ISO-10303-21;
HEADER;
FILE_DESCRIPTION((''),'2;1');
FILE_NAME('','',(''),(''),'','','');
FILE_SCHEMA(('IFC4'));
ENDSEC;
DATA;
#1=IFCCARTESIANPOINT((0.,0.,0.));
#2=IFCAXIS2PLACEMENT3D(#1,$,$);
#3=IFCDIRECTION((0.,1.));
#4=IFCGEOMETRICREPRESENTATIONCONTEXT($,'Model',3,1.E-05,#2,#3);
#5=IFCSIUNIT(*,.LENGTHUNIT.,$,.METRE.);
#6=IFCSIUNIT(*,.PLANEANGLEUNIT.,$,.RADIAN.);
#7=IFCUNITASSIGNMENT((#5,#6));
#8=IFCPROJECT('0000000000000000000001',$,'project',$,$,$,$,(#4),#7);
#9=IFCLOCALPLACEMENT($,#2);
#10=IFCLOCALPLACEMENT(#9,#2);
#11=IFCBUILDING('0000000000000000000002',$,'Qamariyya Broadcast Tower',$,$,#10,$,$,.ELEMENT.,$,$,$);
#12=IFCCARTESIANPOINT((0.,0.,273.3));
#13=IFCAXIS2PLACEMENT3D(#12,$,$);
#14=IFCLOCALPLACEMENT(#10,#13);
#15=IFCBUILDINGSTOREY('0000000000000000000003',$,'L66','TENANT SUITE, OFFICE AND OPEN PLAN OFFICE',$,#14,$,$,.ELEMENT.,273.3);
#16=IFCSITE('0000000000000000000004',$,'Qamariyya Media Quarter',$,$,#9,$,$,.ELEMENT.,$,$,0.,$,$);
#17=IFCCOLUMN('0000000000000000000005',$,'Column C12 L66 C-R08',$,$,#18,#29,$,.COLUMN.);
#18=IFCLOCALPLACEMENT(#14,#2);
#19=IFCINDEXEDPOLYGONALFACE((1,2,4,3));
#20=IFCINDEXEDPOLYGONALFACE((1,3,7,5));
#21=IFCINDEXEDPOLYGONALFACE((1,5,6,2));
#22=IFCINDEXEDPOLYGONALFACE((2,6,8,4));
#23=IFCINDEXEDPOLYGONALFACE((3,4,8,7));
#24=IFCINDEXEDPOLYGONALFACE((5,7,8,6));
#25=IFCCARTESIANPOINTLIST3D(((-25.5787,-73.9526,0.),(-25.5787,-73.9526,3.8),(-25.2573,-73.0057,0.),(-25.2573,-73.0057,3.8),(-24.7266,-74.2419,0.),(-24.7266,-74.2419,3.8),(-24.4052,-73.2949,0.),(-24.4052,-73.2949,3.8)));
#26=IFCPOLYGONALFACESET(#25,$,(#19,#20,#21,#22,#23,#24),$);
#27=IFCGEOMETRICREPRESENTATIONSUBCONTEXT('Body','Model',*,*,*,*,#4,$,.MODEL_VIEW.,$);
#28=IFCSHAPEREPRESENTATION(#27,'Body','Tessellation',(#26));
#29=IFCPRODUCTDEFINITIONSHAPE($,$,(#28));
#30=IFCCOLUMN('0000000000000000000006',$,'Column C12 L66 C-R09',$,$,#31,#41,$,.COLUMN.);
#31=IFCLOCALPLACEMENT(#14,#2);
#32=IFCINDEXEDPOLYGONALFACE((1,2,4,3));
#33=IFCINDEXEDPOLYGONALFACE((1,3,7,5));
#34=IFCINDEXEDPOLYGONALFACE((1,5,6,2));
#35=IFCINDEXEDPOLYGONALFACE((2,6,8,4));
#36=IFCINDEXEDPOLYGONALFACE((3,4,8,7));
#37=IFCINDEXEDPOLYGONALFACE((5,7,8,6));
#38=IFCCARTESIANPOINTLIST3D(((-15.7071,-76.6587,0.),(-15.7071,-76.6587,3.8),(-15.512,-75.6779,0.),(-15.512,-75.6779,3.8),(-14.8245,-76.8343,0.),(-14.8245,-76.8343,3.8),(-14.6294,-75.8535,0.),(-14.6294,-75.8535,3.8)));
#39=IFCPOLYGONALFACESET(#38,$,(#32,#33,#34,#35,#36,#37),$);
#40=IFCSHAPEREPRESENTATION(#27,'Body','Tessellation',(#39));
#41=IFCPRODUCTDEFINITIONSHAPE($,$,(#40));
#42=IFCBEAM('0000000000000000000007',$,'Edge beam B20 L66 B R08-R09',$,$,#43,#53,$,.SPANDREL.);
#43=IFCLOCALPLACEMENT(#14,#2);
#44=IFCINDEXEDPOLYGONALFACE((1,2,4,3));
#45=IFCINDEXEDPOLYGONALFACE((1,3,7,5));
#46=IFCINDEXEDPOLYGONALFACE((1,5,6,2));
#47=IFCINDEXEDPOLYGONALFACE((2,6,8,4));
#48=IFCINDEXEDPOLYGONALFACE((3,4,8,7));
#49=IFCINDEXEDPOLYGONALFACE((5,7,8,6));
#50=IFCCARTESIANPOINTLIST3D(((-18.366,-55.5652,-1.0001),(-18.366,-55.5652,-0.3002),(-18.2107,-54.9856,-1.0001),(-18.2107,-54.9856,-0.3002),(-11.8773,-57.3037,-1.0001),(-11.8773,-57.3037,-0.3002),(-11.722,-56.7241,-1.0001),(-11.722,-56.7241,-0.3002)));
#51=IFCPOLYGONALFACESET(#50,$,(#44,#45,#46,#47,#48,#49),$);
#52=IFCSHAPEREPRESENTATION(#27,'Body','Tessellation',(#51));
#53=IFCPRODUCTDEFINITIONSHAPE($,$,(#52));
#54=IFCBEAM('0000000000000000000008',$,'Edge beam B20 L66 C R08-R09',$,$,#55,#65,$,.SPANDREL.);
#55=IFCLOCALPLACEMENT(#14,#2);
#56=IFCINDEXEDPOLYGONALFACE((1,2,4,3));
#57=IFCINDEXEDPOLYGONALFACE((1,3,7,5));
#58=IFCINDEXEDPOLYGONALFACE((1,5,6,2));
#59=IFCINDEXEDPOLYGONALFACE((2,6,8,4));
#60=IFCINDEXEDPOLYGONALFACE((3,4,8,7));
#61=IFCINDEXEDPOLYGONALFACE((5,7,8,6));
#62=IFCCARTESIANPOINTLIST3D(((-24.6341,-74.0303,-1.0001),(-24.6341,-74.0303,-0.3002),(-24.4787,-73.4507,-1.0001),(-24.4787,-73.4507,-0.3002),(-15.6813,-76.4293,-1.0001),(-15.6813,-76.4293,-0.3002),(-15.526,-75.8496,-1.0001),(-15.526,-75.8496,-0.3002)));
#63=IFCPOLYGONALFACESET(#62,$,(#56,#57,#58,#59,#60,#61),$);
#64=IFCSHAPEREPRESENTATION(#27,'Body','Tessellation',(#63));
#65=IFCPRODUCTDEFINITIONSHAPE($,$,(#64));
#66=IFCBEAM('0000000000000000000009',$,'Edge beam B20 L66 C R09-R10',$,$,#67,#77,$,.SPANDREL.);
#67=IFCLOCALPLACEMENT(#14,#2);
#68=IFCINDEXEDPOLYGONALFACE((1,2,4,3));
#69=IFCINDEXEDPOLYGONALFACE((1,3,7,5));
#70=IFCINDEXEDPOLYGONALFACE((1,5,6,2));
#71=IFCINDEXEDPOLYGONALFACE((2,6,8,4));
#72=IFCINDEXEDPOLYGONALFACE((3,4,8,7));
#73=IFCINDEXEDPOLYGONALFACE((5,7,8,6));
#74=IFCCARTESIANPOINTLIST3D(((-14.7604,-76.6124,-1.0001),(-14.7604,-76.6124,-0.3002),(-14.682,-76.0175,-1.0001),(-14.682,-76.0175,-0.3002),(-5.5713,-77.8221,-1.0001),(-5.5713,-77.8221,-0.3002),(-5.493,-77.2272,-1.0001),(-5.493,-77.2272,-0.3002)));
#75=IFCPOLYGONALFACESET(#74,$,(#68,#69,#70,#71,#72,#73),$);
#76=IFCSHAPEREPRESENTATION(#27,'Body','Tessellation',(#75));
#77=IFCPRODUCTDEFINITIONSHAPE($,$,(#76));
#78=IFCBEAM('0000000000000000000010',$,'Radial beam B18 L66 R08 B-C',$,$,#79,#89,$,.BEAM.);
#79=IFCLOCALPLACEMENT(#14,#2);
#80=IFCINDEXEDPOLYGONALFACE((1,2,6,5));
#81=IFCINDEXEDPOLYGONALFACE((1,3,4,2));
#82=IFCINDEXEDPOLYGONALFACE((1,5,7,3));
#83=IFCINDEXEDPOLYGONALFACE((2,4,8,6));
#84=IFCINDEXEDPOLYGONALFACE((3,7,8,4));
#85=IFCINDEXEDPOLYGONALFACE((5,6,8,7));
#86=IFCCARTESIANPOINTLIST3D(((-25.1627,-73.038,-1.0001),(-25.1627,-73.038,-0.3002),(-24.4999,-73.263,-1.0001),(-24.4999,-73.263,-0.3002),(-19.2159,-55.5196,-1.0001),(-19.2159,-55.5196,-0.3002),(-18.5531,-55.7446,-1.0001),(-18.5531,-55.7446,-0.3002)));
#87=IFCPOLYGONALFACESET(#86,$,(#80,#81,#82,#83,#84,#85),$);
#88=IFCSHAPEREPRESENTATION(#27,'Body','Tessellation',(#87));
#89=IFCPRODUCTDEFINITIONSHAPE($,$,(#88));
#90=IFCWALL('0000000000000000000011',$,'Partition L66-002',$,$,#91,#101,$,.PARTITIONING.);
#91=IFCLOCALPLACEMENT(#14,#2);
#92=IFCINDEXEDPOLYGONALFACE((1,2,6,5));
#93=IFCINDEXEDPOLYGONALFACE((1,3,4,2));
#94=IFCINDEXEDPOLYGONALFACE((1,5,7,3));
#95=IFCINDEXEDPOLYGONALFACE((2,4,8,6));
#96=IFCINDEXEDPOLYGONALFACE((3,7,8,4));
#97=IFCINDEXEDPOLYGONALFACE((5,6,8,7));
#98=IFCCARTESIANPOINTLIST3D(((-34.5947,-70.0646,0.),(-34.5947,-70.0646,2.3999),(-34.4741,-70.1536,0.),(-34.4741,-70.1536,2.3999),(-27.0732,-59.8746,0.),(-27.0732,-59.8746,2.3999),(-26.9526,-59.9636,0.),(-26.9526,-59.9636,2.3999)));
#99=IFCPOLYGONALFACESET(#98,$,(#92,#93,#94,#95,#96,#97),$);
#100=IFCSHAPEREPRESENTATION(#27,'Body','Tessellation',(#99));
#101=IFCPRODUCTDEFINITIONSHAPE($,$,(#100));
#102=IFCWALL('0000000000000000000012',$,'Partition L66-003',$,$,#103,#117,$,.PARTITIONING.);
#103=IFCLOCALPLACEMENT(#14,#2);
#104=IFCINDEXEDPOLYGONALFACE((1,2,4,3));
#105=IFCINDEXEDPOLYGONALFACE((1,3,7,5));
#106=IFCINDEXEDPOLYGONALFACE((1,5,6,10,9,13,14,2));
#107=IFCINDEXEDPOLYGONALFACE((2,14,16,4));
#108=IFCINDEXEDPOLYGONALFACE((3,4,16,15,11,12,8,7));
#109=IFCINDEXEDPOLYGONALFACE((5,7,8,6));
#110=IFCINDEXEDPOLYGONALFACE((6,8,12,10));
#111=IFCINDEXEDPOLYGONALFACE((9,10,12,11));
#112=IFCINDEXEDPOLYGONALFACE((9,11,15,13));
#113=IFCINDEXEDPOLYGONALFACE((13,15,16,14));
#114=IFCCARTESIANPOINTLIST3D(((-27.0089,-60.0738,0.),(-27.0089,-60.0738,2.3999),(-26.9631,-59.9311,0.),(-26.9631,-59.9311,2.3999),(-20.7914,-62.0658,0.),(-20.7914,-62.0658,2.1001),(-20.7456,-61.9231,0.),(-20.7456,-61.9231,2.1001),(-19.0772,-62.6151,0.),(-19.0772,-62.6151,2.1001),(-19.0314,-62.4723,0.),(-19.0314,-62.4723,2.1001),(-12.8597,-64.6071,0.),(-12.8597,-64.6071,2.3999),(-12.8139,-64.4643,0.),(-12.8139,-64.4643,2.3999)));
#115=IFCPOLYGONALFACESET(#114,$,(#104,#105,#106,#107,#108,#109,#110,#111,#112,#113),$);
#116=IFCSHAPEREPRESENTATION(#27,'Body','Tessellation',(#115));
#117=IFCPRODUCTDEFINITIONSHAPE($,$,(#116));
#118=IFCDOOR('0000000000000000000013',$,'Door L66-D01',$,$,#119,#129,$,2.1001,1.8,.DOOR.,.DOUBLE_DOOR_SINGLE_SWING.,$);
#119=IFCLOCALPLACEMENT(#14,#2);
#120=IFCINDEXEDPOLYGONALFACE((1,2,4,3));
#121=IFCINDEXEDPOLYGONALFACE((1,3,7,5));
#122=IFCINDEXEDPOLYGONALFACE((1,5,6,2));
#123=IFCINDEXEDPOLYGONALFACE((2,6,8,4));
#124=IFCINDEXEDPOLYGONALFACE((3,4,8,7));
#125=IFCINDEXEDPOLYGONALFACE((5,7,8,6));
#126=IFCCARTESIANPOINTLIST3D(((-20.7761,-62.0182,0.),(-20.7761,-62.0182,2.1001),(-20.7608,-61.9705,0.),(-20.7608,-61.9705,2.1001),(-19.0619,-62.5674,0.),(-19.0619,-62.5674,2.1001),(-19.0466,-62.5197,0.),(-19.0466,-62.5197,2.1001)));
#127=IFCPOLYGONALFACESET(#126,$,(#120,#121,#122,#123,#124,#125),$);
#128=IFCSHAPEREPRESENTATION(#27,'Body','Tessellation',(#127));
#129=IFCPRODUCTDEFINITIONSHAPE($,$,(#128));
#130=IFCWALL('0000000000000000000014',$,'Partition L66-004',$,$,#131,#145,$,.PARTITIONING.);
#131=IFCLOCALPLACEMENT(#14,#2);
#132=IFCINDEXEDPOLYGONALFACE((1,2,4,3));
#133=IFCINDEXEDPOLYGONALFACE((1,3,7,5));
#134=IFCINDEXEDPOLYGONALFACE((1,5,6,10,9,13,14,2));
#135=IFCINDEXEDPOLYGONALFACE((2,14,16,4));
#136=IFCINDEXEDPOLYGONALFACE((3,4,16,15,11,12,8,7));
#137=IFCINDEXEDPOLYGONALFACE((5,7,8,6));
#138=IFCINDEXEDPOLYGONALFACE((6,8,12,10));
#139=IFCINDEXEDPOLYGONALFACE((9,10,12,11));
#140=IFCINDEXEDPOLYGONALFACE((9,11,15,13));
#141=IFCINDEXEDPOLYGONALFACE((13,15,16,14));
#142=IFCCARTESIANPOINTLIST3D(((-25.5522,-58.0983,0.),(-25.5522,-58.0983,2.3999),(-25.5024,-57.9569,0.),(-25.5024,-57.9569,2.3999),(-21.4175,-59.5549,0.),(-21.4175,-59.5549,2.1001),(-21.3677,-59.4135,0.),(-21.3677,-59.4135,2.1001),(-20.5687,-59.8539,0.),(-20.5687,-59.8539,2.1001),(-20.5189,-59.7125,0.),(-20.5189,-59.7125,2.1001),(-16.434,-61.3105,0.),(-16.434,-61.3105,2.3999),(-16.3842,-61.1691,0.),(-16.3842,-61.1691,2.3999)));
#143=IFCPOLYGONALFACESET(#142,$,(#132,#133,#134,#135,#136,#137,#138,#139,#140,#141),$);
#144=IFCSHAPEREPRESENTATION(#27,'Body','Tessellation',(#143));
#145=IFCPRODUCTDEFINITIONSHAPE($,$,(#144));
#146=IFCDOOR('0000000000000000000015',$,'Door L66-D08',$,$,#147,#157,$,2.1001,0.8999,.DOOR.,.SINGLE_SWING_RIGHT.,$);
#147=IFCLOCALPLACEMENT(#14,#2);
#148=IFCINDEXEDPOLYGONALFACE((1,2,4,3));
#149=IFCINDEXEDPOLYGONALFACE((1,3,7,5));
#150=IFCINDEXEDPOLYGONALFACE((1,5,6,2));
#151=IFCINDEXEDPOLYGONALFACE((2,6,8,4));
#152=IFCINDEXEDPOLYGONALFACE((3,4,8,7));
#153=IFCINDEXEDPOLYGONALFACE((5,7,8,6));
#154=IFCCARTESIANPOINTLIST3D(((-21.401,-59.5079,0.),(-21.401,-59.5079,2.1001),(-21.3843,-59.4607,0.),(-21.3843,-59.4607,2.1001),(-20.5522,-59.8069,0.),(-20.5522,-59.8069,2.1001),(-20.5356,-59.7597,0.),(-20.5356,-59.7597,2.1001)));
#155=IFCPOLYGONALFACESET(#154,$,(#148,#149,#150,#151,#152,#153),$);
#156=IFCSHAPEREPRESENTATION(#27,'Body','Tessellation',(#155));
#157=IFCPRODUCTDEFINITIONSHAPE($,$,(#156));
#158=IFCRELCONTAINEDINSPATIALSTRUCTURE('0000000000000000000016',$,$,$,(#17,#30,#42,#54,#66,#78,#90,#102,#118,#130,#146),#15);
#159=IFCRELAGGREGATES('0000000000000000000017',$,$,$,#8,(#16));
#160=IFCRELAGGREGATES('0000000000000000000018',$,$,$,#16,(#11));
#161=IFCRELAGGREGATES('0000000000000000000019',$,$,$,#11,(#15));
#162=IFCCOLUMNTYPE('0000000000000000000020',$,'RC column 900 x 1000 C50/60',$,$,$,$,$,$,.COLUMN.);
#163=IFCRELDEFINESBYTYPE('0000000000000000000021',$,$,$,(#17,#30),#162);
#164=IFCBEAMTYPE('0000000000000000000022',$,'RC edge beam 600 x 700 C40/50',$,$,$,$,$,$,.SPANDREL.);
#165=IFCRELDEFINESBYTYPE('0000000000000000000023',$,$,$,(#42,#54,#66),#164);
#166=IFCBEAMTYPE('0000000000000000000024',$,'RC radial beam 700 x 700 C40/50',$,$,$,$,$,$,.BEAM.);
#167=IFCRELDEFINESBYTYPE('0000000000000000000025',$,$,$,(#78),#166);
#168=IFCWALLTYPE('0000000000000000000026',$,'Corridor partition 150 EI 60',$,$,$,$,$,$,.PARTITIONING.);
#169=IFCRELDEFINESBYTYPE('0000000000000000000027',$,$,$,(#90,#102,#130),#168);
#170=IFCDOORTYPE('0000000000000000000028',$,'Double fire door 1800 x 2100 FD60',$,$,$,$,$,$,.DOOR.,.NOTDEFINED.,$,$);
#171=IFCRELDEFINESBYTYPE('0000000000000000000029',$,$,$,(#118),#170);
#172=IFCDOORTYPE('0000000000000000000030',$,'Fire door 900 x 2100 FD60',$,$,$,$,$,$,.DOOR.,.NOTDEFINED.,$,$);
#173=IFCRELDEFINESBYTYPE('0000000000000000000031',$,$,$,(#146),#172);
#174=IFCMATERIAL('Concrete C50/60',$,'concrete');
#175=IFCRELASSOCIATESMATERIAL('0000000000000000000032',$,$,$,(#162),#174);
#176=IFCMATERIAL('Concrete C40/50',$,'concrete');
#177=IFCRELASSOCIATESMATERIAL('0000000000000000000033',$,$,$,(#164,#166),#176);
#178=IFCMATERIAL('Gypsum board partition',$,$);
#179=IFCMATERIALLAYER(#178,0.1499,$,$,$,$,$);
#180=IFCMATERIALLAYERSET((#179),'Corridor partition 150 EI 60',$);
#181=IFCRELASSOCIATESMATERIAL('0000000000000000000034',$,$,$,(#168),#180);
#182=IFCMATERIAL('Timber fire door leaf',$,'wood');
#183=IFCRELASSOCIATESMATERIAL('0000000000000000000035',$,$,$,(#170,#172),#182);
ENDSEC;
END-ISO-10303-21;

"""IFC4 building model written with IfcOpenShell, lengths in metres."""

from ifc_helpers import new_model, si_unit, direction, frame, frame_2d, origin, origin_2d, place, context, subcontext, project, spatial, rectangle, extrude, material, layer, layer_set, material_profile, profile_set, type_object, element, fill, save


model = new_model("IFC4")

# Units and contexts
model_context = context("Model", 3, precision=1e-05, world=origin(), true_north=direction((0.0, 1.0)))
body_context = subcontext(model_context, "Body", "Model", "MODEL_VIEW")
ifc_project = project(units=[si_unit("LENGTHUNIT", "METRE"), si_unit("PLANEANGLEUNIT", "RADIAN")], contexts=[model_context])

# Site, building, storey
site_placement = place(None, origin())
site = spatial("IfcSite", under=ifc_project, at=site_placement, Name="Qamariyya Media Quarter", CompositionType="ELEMENT", RefElevation=0.0)
building_placement = place(site_placement, origin())
building = spatial("IfcBuilding", under=site, at=building_placement, Name="Qamariyya Broadcast Tower", CompositionType="ELEMENT")
storey_placement = place(building_placement, frame((0.0, 0.0, 273.3)))
storey = spatial("IfcBuildingStorey", under=building, at=storey_placement, Name="L66", Description="TENANT SUITE, OFFICE AND OPEN PLAN OFFICE", CompositionType="ELEMENT", Elevation=273.3)

# Columns
ifc_material_1 = material(Name="Concrete C50/60", Category="concrete")
ifc_material_profile_1 = material_profile(ifc_material_1, rectangle(XDim=0.8999, YDim=1.0, at=origin_2d()))
ifc_profile_set_1 = profile_set([ifc_material_profile_1], Name="Concrete C50/60")
column_type = type_object("IfcColumnType", Name="RC column 900 x 1000 C50/60", PredefinedType="COLUMN", material=ifc_profile_set_1)
for number, where, z_axis, x_axis, name in (
    (1, (-24.9919, -73.6238, 0.0), (0.0, 0.0, 1.0), (0.94693, -0.321439, 0.0), "Column C12 L66 C-R08"),
    (2, (-15.1682, -76.2561, 0.0), (0.0, 0.0, 1.0), (0.980785, -0.19509, 0.0), "Column C12 L66 C-R09"),
):
    element("IfcColumn", number, at=place(storey_placement, frame(where, z_axis=z_axis, x_axis=x_axis)), inside=storey, type_object=column_type, Name=name, PredefinedType="COLUMN", context=body_context, shape_type="SweptSolid", body=[
        extrude(rectangle(XDim=0.8999, YDim=1.0, at=origin_2d()), origin(), (0.0, 0.0, 1.0), 3.8),
    ])

# Beams
ifc_material_2 = material(Name="Concrete C40/50", Category="concrete")
ifc_material_profile_2 = material_profile(ifc_material_2, rectangle(XDim=0.6001, YDim=0.7, at=origin_2d()))
ifc_profile_set_2 = profile_set([ifc_material_profile_2], Name="Concrete C40/50")
beam_type_1 = type_object("IfcBeamType", Name="RC edge beam 600 x 700 C40/50", PredefinedType="SPANDREL", material=ifc_profile_set_2)
beam_1_placement = place(storey_placement, frame((-18.2883, -55.2754, -0.6501), z_axis=(0.965931, -0.2588, 0.0), x_axis=(0.2588, 0.965931, 0.0)))
element("IfcBeam", 3, at=beam_1_placement, inside=storey, type_object=beam_type_1, Name="Edge beam B20 L66 B R08-R09", PredefinedType="SPANDREL", context=body_context, shape_type="SweptSolid", body=[
    extrude(rectangle(XDim=0.6001, YDim=0.7, at=origin_2d()), origin(), (0.0, 0.0, 1.0), 6.7175),
])
beam_2_placement = place(storey_placement, frame((-24.5564, -73.7405, -0.6501), z_axis=(0.965924, -0.258826, 0.0), x_axis=(0.258826, 0.965924, 0.0)))
element("IfcBeam", 4, at=beam_2_placement, inside=storey, type_object=beam_type_1, Name="Edge beam B20 L66 C R08-R09", PredefinedType="SPANDREL", context=body_context, shape_type="SweptSolid", body=[
    extrude(rectangle(XDim=0.6001, YDim=0.7, at=origin_2d()), origin(), (0.0, 0.0, 1.0), 9.2686),
])
beam_3_placement = place(storey_placement, frame((-14.7212, -76.3149, -0.6501), z_axis=(0.991445, -0.130523, 0.0), x_axis=(0.130523, 0.991445, 0.0)))
element("IfcBeam", 5, at=beam_3_placement, inside=storey, type_object=beam_type_1, Name="Edge beam B20 L66 C R09-R10", PredefinedType="SPANDREL", context=body_context, shape_type="SweptSolid", body=[
    extrude(rectangle(XDim=0.6001, YDim=0.7, at=origin_2d()), origin(), (0.0, 0.0, 1.0), 9.2683),
])
ifc_material_profile_3 = material_profile(ifc_material_2, rectangle(XDim=0.7, YDim=0.7, at=origin_2d()))
ifc_profile_set_3 = profile_set([ifc_material_profile_3], Name="Concrete C40/50")
beam_type_2 = type_object("IfcBeamType", Name="RC radial beam 700 x 700 C40/50", PredefinedType="BEAM", material=ifc_profile_set_3)
beam_4_placement = place(storey_placement, frame((-18.8845, -55.6321, -0.6501), z_axis=(-0.321445, -0.946928, 0.0), x_axis=(0.946928, -0.321445, 0.0)))
element("IfcBeam", 6, at=beam_4_placement, inside=storey, type_object=beam_type_2, Name="Radial beam B18 L66 R08 B-C", PredefinedType="BEAM", context=body_context, shape_type="SweptSolid", body=[
    extrude(rectangle(XDim=0.7, YDim=0.7, at=origin_2d()), origin(), (0.0, 0.0, 1.0), 18.5002),
])

# Wall
ifc_material_3 = material(Name="Gypsum board partition")
ifc_layer_1 = layer(ifc_material_3, 0.1499)
ifc_layer_set_1 = layer_set([ifc_layer_1], Name="Corridor partition 150 EI 60")
wall_type_1 = type_object("IfcWallType", Name="Corridor partition 150 EI 60", PredefinedType="PARTITIONING", material=ifc_layer_set_1)
wall_1_placement = place(storey_placement, frame((-27.0129, -59.9192, 0.0), z_axis=(0.0, 0.0, 1.0), x_axis=(-0.59387, -0.804561, 0.0)))
element("IfcWall", 7, at=wall_1_placement, inside=storey, type_object=wall_type_1, Name="Partition L66-002", PredefinedType="PARTITIONING", context=body_context, shape_type="SweptSolid", body=[
    extrude(rectangle(XDim=12.6653, YDim=0.1499, at=frame_2d((6.3325, 0.0))), origin(), (0.0, 0.0, 1.0), 2.3999),
])

# Walls, openings, doors
wall_2_placement = place(storey_placement, frame((-12.8369, -64.5356, 0.0), z_axis=(0.0, 0.0, 1.0), x_axis=(-0.952317, 0.30511, 0.0)))
wall_2 = element("IfcWall", 8, at=wall_2_placement, inside=storey, type_object=wall_type_1, Name="Partition L66-003", PredefinedType="PARTITIONING", context=body_context, shape_type="SweptSolid", body=[
    extrude(rectangle(XDim=14.8577, YDim=0.1499, at=frame_2d((7.4287, 0.0))), origin(), (0.0, 0.0, 1.0), 2.3999),
])
opening_1_placement = place(wall_2_placement, frame((6.5288, 0.0, 0.0)))
opening_1 = element("IfcOpeningElement", 9, at=opening_1_placement, cuts=wall_2, PredefinedType="OPENING", context=body_context, shape_type="SweptSolid", body=[
    extrude(rectangle(XDim=1.8, YDim=2.1001, at=frame_2d((0.8999, 1.05))), frame((0.0, 0.085, 0.0), z_axis=(0.0, -1.0, 0.0), x_axis=(1.0, 0.0, 0.0)), (0.0, 0.0, 1.0), 0.1699),
])
ifc_material_4 = material(Name="Timber fire door leaf", Category="wood")
door_type_1 = type_object("IfcDoorType", Name="Double fire door 1800 x 2100 FD60", OperationType="NOTDEFINED", PredefinedType="DOOR", material=ifc_material_4)
door_1_placement = place(opening_1_placement, origin())
door_1 = element("IfcDoor", 10, at=door_1_placement, inside=storey, type_object=door_type_1, Name="Door L66-D01", OperationType="DOUBLE_DOOR_SINGLE_SWING", OverallHeight=2.1001, OverallWidth=1.8, PredefinedType="DOOR", context=body_context, shape_type="SweptSolid", body=[
    extrude(rectangle(XDim=1.8, YDim=2.1001, at=frame_2d((0.8999, 1.05))), frame((0.0, 0.0249, 0.0), z_axis=(0.0, -1.0, 0.0), x_axis=(1.0, 0.0, 0.0)), (0.0, 0.0, 1.0), 0.05),
])
fill(opening_1, door_1)
wall_3_placement = place(storey_placement, frame((-25.5273, -58.0276, 0.0), z_axis=(0.0, 0.0, 1.0), x_axis=(0.943186, -0.332267, 0.0)))
wall_3 = element("IfcWall", 11, at=wall_3_placement, inside=storey, type_object=wall_type_1, Name="Partition L66-004", PredefinedType="PARTITIONING", context=body_context, shape_type="SweptSolid", body=[
    extrude(rectangle(XDim=9.6675, YDim=0.1499, at=frame_2d((4.8337, 0.0))), origin(), (0.0, 0.0, 1.0), 2.3999),
])
opening_2_placement = place(wall_3_placement, frame((4.3838, 0.0, 0.0)))
opening_2 = element("IfcOpeningElement", 12, at=opening_2_placement, cuts=wall_3, PredefinedType="OPENING", context=body_context, shape_type="SweptSolid", body=[
    extrude(rectangle(XDim=0.8999, YDim=2.1001, at=frame_2d((0.45, 1.05))), frame((0.0, 0.085, 0.0), z_axis=(0.0, -1.0, 0.0), x_axis=(1.0, 0.0, 0.0)), (0.0, 0.0, 1.0), 0.1699),
])
door_type_2 = type_object("IfcDoorType", Name="Fire door 900 x 2100 FD60", OperationType="NOTDEFINED", PredefinedType="DOOR", material=ifc_material_4)
door_2_placement = place(opening_2_placement, origin())
door_2 = element("IfcDoor", 13, at=door_2_placement, inside=storey, type_object=door_type_2, Name="Door L66-D08", OperationType="SINGLE_SWING_RIGHT", OverallHeight=2.1001, OverallWidth=0.8999, PredefinedType="DOOR", context=body_context, shape_type="SweptSolid", body=[
    extrude(rectangle(XDim=0.8999, YDim=2.1001, at=frame_2d((0.45, 1.05))), frame((0.0, 0.0249, 0.0), z_axis=(0.0, -1.0, 0.0), x_axis=(1.0, 0.0, 0.0)), (0.0, 0.0, 1.0), 0.05),
])
fill(opening_2, door_2)

save(model, "model.ifc")
